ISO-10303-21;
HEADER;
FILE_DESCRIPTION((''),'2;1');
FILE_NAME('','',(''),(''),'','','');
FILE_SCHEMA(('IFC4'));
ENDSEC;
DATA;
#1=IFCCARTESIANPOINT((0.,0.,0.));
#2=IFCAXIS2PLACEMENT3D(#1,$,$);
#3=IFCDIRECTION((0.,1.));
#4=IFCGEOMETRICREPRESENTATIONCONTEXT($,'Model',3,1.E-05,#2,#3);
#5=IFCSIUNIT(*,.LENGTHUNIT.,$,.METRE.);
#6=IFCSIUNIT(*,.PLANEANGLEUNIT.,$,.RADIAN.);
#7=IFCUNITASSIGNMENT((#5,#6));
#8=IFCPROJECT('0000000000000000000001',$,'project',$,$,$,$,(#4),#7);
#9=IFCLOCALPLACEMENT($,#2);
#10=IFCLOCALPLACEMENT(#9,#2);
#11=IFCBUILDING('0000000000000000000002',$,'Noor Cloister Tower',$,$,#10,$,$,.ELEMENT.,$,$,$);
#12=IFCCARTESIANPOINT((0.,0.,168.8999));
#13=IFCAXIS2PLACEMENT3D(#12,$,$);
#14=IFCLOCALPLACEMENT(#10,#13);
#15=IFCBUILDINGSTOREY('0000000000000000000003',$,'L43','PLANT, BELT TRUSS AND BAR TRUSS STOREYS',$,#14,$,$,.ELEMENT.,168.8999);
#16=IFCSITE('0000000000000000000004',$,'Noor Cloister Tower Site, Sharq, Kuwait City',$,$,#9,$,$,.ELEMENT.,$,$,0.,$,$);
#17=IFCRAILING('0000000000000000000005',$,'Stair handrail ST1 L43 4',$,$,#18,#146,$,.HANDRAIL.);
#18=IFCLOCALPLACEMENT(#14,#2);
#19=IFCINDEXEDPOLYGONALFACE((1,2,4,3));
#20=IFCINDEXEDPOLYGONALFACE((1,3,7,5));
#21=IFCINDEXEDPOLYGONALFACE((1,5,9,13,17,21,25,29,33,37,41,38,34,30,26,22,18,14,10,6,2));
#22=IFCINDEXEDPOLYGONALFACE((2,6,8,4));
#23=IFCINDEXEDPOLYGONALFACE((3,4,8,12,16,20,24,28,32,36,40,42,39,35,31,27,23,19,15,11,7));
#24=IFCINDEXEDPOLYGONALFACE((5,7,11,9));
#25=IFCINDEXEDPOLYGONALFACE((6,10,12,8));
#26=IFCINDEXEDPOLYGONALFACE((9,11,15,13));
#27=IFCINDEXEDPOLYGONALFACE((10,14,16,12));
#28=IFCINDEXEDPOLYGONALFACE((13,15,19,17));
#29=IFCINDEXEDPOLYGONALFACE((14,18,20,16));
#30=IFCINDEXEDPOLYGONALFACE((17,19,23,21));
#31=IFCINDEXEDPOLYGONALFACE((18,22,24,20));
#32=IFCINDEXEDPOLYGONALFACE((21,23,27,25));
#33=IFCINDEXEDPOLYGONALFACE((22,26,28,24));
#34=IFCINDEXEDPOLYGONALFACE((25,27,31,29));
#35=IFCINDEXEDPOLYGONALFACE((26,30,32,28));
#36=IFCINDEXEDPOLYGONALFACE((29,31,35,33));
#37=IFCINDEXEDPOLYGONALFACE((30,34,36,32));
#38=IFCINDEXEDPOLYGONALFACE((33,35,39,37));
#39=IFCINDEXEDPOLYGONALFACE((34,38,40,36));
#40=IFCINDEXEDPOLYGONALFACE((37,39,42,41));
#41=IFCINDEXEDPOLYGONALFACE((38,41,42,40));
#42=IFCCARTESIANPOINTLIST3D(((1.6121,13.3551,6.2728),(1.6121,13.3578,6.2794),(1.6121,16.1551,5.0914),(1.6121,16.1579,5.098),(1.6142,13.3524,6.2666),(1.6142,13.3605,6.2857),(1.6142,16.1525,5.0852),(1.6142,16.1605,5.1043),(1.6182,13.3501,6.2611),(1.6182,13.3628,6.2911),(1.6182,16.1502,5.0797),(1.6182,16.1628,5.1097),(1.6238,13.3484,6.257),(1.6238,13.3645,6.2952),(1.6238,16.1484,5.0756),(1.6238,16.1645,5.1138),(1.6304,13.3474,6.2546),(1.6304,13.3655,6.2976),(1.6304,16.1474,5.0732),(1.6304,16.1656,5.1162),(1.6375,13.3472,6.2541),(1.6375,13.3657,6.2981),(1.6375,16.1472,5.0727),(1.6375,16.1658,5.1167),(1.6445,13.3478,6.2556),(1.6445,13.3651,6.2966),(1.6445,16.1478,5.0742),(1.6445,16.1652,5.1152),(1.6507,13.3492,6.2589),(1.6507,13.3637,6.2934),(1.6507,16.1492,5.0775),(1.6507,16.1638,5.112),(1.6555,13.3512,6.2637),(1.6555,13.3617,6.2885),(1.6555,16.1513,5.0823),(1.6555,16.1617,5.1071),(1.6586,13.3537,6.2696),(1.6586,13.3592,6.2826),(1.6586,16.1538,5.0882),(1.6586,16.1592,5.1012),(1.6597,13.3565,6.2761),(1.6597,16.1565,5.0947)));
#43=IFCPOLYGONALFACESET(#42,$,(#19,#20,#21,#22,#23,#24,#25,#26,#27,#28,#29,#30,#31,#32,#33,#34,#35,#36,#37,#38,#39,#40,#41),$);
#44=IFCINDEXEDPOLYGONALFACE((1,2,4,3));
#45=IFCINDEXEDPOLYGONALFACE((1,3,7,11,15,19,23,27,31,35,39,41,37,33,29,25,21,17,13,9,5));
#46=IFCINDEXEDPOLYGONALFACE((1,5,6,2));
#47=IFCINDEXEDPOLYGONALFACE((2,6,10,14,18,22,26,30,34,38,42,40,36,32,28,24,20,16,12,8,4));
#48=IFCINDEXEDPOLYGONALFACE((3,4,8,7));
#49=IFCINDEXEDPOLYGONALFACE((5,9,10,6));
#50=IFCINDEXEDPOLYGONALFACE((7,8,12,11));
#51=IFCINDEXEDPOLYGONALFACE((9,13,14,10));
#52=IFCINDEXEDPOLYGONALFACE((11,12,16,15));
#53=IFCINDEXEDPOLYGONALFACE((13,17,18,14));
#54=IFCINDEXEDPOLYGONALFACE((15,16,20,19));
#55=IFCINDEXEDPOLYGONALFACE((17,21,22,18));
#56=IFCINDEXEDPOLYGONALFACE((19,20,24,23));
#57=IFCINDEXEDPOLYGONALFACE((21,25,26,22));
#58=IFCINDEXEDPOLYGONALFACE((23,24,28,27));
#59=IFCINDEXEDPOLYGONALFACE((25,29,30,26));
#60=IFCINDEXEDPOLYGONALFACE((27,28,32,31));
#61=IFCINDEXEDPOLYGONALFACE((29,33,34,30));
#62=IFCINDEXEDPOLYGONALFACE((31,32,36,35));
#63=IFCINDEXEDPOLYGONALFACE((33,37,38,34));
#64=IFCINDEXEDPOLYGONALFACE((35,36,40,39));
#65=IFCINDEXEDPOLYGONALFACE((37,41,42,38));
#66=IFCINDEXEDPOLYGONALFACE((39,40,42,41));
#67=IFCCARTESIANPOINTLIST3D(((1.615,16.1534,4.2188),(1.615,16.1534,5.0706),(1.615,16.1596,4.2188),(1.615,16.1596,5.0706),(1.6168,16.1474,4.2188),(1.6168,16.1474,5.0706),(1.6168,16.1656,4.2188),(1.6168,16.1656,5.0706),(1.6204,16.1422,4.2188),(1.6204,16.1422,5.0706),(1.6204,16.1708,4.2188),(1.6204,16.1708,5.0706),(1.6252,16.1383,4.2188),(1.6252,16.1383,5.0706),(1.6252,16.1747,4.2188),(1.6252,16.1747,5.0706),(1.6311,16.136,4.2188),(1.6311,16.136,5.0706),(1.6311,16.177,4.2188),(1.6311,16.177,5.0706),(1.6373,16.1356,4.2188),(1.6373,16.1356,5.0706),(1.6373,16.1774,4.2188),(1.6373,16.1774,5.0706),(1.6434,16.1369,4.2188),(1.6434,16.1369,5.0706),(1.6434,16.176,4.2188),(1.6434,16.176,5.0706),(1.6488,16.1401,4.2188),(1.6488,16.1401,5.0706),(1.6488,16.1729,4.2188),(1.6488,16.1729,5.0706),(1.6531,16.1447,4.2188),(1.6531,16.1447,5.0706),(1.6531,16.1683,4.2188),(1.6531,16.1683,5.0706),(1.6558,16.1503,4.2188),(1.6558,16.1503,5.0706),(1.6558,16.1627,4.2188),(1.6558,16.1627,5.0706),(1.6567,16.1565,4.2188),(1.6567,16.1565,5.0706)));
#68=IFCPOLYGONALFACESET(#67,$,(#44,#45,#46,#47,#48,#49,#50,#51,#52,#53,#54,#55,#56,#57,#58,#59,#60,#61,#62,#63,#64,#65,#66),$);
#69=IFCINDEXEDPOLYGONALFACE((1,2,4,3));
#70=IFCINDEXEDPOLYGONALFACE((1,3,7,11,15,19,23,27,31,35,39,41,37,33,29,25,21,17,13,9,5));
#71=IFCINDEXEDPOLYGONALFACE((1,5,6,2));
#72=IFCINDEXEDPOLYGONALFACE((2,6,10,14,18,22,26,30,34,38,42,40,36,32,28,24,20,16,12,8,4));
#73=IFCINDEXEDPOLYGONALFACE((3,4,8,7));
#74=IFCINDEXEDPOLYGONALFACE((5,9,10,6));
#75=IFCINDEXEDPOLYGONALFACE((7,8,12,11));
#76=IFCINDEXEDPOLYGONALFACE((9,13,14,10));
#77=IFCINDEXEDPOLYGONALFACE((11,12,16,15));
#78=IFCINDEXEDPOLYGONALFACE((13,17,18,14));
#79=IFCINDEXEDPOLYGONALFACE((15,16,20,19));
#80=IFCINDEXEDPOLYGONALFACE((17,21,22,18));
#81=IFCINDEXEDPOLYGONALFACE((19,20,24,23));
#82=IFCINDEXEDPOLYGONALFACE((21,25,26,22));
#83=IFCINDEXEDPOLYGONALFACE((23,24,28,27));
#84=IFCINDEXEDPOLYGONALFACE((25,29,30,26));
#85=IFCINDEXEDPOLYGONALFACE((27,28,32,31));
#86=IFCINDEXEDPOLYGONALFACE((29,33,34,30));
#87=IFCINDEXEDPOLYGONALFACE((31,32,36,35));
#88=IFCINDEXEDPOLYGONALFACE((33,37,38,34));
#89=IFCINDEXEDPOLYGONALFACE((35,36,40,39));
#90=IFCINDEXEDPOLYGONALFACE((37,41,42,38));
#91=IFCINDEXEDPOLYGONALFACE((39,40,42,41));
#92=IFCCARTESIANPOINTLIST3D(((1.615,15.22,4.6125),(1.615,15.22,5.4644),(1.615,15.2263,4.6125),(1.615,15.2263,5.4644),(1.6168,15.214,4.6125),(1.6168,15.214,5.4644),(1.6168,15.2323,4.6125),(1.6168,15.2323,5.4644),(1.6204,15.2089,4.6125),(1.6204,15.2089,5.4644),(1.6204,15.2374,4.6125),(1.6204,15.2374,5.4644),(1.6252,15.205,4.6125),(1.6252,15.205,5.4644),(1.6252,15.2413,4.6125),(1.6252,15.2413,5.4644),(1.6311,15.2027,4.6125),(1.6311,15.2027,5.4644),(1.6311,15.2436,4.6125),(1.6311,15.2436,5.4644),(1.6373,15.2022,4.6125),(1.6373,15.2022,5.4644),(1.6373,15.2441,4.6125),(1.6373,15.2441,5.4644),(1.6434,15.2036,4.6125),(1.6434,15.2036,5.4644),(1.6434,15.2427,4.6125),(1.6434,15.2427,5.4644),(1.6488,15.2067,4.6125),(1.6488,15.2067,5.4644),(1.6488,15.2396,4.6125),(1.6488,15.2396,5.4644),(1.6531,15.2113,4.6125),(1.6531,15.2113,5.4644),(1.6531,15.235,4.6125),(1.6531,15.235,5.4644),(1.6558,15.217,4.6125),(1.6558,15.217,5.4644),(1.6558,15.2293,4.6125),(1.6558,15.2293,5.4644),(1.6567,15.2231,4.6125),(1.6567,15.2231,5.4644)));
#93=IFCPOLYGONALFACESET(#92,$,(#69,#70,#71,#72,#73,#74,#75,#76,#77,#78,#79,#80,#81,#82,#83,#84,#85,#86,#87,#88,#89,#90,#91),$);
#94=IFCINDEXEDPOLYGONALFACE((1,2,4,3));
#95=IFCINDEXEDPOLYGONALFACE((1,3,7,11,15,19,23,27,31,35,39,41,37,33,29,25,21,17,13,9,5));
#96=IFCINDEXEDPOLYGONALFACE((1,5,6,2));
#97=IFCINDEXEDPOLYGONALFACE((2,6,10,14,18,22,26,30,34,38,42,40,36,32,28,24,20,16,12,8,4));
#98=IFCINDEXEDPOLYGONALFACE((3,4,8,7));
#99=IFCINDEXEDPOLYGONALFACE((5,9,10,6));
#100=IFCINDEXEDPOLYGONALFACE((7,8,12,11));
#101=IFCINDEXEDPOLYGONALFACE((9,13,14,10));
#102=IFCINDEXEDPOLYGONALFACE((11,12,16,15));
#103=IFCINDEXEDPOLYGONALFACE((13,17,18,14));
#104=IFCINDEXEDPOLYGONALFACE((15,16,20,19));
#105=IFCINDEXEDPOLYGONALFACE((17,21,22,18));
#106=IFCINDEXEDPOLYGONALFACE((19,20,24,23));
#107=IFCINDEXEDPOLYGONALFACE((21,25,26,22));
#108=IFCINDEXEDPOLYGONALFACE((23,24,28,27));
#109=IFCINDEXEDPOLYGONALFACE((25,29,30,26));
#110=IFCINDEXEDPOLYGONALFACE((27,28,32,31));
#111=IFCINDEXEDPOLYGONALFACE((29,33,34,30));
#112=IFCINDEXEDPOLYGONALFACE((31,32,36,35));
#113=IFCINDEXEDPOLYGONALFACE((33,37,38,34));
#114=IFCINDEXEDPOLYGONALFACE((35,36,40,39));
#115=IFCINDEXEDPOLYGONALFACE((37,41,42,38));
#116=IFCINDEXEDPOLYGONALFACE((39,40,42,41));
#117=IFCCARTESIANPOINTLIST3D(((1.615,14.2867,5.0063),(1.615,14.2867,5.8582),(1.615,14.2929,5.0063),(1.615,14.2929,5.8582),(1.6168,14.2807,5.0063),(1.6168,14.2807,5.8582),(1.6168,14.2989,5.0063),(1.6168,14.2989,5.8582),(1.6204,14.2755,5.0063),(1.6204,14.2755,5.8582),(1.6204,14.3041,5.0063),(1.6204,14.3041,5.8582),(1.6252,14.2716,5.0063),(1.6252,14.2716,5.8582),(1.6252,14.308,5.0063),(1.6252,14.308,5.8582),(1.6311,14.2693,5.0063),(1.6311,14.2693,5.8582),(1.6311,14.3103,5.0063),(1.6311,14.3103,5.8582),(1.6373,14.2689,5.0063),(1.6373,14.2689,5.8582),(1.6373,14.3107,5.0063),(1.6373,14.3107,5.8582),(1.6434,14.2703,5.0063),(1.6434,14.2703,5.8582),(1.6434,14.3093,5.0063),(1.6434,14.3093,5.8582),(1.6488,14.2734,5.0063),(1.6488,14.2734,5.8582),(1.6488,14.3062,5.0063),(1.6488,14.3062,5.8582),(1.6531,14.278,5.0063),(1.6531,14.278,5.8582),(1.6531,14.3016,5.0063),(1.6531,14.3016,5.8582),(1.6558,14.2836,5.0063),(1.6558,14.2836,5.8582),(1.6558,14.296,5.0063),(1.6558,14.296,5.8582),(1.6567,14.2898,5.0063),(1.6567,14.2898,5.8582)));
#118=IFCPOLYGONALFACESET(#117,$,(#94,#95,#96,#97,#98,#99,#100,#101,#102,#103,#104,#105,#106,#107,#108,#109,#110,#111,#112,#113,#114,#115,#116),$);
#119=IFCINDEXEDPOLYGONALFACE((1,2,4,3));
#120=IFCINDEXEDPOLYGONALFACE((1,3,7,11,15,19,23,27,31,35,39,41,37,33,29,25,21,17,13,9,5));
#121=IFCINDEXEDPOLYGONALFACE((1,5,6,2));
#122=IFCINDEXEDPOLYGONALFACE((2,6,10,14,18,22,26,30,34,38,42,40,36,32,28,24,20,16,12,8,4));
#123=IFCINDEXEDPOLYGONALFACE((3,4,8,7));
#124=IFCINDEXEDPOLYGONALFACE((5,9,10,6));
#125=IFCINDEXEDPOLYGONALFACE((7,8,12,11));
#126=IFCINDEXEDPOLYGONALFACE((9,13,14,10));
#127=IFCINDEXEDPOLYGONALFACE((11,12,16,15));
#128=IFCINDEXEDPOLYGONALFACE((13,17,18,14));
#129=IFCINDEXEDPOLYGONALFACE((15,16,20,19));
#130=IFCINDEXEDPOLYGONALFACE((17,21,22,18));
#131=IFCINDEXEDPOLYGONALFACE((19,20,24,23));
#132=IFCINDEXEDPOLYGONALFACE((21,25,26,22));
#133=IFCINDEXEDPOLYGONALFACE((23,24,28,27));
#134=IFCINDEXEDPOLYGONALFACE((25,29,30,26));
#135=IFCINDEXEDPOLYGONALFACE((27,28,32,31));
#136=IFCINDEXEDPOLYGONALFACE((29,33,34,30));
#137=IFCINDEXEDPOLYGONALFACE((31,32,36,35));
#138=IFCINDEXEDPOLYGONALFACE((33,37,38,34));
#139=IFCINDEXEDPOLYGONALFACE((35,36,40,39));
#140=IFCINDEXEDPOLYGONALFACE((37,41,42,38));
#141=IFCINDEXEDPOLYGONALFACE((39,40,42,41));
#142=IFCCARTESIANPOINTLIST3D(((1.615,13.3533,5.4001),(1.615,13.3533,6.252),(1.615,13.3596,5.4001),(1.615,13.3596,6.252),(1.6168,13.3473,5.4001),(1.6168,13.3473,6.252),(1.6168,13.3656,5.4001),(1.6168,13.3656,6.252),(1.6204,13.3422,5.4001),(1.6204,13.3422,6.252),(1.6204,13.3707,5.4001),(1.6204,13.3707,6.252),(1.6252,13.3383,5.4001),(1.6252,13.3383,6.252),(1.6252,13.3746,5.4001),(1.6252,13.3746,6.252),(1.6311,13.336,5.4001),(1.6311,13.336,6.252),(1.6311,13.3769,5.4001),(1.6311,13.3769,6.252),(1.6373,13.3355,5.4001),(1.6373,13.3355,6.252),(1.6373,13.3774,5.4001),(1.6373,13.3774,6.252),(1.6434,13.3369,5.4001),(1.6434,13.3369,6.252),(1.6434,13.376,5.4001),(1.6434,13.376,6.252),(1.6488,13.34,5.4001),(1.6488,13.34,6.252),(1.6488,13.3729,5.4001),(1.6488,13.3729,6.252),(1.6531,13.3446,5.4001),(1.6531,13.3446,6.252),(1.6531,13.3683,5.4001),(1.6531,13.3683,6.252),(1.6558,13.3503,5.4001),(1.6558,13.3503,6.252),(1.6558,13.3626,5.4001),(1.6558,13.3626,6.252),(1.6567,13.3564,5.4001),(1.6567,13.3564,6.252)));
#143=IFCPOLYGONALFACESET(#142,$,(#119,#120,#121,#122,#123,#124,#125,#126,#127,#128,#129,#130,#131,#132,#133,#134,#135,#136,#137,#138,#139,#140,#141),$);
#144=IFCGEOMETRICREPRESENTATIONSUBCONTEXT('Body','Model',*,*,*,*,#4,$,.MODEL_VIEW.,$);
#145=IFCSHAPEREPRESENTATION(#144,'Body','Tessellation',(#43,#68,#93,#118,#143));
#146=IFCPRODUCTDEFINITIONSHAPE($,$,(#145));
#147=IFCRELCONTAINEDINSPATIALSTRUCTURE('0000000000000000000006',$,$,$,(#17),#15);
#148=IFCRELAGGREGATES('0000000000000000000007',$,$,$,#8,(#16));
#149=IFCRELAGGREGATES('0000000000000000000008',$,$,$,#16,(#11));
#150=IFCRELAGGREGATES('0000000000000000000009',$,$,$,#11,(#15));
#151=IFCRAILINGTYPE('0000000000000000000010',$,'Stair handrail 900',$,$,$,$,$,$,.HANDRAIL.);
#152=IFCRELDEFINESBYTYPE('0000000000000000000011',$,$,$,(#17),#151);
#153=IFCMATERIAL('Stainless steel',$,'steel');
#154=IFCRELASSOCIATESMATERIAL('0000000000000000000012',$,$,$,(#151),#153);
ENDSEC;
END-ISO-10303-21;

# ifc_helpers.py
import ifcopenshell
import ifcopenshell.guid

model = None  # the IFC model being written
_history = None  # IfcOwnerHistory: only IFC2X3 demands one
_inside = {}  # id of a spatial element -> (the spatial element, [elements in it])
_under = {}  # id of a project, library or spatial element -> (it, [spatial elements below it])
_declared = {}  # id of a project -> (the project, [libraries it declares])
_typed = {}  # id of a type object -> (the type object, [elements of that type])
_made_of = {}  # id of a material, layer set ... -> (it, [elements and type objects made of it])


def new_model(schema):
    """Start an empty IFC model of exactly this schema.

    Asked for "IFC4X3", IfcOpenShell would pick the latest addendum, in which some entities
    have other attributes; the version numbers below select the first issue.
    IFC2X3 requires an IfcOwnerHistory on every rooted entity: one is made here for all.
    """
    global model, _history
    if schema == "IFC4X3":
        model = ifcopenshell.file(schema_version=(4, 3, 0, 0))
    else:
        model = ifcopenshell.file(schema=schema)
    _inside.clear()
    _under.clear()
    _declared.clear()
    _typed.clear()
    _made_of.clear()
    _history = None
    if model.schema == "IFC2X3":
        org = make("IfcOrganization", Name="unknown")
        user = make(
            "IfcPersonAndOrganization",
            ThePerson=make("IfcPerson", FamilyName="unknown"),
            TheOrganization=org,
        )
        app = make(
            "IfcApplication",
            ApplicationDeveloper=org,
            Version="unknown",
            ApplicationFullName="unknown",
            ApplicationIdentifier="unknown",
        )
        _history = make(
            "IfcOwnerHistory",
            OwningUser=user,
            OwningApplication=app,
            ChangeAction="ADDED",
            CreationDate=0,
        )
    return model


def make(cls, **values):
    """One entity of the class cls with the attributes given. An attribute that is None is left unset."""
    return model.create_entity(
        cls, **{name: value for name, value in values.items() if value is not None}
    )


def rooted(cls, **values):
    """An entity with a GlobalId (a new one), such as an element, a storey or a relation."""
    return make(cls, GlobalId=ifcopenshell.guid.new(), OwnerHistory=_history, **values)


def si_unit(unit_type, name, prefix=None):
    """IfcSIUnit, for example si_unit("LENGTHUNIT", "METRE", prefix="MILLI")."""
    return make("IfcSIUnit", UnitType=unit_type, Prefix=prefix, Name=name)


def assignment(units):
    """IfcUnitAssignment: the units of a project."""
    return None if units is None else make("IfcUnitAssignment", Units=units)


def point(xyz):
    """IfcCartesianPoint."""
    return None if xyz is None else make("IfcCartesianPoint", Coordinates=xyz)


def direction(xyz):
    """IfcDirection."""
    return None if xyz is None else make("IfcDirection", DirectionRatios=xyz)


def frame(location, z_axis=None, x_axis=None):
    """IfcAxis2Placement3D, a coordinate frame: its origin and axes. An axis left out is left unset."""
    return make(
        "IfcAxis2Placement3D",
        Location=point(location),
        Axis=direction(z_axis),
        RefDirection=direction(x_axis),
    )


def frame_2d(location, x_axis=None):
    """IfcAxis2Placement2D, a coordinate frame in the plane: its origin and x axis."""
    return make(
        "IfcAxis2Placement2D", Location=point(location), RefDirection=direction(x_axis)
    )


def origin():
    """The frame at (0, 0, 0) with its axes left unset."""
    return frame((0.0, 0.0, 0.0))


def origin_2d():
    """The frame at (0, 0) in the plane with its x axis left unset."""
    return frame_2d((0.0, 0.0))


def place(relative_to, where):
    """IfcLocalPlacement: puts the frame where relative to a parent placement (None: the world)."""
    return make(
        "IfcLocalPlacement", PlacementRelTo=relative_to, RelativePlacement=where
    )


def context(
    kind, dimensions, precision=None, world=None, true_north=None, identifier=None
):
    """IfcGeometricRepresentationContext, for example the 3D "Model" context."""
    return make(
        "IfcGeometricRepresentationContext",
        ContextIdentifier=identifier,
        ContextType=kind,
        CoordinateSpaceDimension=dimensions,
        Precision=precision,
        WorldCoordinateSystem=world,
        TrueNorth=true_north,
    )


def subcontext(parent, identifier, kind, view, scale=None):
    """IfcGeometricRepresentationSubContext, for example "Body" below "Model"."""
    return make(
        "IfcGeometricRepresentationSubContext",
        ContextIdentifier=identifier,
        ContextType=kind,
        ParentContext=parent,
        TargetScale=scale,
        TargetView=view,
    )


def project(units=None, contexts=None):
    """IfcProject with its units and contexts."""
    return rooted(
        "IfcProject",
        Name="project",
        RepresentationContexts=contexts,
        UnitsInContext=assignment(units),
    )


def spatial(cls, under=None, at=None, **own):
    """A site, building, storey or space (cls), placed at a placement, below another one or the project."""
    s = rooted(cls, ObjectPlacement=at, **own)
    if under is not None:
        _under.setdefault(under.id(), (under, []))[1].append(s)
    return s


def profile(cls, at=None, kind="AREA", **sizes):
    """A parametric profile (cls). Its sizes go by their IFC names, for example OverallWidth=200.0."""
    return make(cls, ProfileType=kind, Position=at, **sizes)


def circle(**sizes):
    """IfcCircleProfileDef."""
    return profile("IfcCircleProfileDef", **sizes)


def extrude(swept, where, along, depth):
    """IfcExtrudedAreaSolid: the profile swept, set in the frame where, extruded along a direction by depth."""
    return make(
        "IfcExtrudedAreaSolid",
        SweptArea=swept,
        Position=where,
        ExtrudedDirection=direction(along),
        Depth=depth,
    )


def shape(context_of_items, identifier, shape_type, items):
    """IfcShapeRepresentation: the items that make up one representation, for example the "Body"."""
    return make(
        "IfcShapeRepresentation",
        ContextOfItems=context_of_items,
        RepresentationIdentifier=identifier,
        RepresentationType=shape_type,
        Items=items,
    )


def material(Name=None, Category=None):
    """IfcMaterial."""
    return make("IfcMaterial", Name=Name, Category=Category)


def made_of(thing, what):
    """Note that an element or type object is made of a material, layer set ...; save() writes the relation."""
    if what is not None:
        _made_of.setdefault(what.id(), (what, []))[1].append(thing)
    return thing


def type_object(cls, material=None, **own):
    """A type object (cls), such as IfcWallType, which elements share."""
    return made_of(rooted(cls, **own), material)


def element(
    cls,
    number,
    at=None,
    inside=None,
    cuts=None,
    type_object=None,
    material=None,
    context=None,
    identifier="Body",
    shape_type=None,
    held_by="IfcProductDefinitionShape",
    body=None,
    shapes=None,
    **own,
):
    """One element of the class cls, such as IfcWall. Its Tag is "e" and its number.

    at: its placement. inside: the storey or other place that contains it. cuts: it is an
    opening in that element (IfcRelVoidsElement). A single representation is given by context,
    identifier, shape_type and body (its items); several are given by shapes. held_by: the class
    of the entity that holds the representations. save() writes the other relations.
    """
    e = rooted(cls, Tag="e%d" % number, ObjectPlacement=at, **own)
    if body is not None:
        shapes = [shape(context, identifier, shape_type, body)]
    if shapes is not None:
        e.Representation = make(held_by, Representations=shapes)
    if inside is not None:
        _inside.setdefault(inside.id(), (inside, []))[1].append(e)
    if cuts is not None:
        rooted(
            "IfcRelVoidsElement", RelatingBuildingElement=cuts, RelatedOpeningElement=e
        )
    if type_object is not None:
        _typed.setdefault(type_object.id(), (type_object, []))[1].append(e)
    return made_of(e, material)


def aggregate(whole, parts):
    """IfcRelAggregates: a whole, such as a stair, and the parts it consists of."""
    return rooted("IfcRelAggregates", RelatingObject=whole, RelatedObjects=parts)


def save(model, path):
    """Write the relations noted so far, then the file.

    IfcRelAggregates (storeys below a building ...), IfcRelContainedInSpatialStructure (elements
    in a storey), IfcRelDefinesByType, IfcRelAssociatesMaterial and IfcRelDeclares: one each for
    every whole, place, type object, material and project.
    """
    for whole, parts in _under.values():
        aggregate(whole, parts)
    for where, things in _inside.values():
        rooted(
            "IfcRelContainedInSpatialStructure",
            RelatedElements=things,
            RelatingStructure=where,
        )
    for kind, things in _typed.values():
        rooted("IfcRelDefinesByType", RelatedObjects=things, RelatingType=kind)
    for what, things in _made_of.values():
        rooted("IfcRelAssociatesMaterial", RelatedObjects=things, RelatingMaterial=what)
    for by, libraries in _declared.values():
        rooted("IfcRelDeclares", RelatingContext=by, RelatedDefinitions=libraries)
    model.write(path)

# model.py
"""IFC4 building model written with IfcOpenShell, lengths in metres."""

from ifc_helpers import new_model, si_unit, direction, frame, origin, origin_2d, place, context, subcontext, project, spatial, circle, extrude, material, type_object, element, save


model = new_model("IFC4")

# Units and contexts
model_context = context("Model", 3, precision=1e-05, world=origin(), true_north=direction((0.0, 1.0)))
body_context = subcontext(model_context, "Body", "Model", "MODEL_VIEW")
ifc_project = project(units=[si_unit("LENGTHUNIT", "METRE"), si_unit("PLANEANGLEUNIT", "RADIAN")], contexts=[model_context])

# Site, building, storey
site_placement = place(None, origin())
site = spatial("IfcSite", under=ifc_project, at=site_placement, Name="Noor Cloister Tower Site, Sharq, Kuwait City", CompositionType="ELEMENT", RefElevation=0.0)
building_placement = place(site_placement, origin())
building = spatial("IfcBuilding", under=site, at=building_placement, Name="Noor Cloister Tower", CompositionType="ELEMENT")
storey_placement = place(building_placement, frame((0.0, 0.0, 168.8999)))
storey = spatial("IfcBuildingStorey", under=building, at=storey_placement, Name="L43", Description="PLANT, BELT TRUSS AND BAR TRUSS STOREYS", CompositionType="ELEMENT", Elevation=168.8999)

# Railing
ifc_material_1 = material(Name="Stainless steel", Category="steel")
railing_type_1 = type_object("IfcRailingType", Name="Stair handrail 900", PredefinedType="HANDRAIL", material=ifc_material_1)
for number, where, name in (
    (1, (1.6357, 16.1565, 4.2188), "Stair handrail ST1 L43 4"),
):
    element("IfcRailing", number, at=place(storey_placement, frame(where)), inside=storey, type_object=railing_type_1, Name=name, PredefinedType="HANDRAIL", context=body_context, shape_type="SweptSolid", body=[
        extrude(circle(Radius=0.0239, at=origin_2d()), frame((0.0, 0.0, 0.876), z_axis=(0.0, -0.921349, 0.388736), x_axis=(1.0, 0.0, 0.0)), (0.0, 0.0, 1.0), 3.0391),
        extrude(circle(Radius=0.021, at=origin_2d()), origin(), (0.0, 0.0, 1.0), 0.8518),
        extrude(circle(Radius=0.021, at=origin_2d()), frame((0.0, -0.9333, 0.3938)), (0.0, 0.0, 1.0), 0.8518),
        extrude(circle(Radius=0.021, at=origin_2d()), frame((0.0, -1.8667, 0.7876)), (0.0, 0.0, 1.0), 0.8518),
        extrude(circle(Radius=0.021, at=origin_2d()), frame((0.0, -2.8, 1.1814)), (0.0, 0.0, 1.0), 0.8518),
    ])

save(model, "model.ifc")
